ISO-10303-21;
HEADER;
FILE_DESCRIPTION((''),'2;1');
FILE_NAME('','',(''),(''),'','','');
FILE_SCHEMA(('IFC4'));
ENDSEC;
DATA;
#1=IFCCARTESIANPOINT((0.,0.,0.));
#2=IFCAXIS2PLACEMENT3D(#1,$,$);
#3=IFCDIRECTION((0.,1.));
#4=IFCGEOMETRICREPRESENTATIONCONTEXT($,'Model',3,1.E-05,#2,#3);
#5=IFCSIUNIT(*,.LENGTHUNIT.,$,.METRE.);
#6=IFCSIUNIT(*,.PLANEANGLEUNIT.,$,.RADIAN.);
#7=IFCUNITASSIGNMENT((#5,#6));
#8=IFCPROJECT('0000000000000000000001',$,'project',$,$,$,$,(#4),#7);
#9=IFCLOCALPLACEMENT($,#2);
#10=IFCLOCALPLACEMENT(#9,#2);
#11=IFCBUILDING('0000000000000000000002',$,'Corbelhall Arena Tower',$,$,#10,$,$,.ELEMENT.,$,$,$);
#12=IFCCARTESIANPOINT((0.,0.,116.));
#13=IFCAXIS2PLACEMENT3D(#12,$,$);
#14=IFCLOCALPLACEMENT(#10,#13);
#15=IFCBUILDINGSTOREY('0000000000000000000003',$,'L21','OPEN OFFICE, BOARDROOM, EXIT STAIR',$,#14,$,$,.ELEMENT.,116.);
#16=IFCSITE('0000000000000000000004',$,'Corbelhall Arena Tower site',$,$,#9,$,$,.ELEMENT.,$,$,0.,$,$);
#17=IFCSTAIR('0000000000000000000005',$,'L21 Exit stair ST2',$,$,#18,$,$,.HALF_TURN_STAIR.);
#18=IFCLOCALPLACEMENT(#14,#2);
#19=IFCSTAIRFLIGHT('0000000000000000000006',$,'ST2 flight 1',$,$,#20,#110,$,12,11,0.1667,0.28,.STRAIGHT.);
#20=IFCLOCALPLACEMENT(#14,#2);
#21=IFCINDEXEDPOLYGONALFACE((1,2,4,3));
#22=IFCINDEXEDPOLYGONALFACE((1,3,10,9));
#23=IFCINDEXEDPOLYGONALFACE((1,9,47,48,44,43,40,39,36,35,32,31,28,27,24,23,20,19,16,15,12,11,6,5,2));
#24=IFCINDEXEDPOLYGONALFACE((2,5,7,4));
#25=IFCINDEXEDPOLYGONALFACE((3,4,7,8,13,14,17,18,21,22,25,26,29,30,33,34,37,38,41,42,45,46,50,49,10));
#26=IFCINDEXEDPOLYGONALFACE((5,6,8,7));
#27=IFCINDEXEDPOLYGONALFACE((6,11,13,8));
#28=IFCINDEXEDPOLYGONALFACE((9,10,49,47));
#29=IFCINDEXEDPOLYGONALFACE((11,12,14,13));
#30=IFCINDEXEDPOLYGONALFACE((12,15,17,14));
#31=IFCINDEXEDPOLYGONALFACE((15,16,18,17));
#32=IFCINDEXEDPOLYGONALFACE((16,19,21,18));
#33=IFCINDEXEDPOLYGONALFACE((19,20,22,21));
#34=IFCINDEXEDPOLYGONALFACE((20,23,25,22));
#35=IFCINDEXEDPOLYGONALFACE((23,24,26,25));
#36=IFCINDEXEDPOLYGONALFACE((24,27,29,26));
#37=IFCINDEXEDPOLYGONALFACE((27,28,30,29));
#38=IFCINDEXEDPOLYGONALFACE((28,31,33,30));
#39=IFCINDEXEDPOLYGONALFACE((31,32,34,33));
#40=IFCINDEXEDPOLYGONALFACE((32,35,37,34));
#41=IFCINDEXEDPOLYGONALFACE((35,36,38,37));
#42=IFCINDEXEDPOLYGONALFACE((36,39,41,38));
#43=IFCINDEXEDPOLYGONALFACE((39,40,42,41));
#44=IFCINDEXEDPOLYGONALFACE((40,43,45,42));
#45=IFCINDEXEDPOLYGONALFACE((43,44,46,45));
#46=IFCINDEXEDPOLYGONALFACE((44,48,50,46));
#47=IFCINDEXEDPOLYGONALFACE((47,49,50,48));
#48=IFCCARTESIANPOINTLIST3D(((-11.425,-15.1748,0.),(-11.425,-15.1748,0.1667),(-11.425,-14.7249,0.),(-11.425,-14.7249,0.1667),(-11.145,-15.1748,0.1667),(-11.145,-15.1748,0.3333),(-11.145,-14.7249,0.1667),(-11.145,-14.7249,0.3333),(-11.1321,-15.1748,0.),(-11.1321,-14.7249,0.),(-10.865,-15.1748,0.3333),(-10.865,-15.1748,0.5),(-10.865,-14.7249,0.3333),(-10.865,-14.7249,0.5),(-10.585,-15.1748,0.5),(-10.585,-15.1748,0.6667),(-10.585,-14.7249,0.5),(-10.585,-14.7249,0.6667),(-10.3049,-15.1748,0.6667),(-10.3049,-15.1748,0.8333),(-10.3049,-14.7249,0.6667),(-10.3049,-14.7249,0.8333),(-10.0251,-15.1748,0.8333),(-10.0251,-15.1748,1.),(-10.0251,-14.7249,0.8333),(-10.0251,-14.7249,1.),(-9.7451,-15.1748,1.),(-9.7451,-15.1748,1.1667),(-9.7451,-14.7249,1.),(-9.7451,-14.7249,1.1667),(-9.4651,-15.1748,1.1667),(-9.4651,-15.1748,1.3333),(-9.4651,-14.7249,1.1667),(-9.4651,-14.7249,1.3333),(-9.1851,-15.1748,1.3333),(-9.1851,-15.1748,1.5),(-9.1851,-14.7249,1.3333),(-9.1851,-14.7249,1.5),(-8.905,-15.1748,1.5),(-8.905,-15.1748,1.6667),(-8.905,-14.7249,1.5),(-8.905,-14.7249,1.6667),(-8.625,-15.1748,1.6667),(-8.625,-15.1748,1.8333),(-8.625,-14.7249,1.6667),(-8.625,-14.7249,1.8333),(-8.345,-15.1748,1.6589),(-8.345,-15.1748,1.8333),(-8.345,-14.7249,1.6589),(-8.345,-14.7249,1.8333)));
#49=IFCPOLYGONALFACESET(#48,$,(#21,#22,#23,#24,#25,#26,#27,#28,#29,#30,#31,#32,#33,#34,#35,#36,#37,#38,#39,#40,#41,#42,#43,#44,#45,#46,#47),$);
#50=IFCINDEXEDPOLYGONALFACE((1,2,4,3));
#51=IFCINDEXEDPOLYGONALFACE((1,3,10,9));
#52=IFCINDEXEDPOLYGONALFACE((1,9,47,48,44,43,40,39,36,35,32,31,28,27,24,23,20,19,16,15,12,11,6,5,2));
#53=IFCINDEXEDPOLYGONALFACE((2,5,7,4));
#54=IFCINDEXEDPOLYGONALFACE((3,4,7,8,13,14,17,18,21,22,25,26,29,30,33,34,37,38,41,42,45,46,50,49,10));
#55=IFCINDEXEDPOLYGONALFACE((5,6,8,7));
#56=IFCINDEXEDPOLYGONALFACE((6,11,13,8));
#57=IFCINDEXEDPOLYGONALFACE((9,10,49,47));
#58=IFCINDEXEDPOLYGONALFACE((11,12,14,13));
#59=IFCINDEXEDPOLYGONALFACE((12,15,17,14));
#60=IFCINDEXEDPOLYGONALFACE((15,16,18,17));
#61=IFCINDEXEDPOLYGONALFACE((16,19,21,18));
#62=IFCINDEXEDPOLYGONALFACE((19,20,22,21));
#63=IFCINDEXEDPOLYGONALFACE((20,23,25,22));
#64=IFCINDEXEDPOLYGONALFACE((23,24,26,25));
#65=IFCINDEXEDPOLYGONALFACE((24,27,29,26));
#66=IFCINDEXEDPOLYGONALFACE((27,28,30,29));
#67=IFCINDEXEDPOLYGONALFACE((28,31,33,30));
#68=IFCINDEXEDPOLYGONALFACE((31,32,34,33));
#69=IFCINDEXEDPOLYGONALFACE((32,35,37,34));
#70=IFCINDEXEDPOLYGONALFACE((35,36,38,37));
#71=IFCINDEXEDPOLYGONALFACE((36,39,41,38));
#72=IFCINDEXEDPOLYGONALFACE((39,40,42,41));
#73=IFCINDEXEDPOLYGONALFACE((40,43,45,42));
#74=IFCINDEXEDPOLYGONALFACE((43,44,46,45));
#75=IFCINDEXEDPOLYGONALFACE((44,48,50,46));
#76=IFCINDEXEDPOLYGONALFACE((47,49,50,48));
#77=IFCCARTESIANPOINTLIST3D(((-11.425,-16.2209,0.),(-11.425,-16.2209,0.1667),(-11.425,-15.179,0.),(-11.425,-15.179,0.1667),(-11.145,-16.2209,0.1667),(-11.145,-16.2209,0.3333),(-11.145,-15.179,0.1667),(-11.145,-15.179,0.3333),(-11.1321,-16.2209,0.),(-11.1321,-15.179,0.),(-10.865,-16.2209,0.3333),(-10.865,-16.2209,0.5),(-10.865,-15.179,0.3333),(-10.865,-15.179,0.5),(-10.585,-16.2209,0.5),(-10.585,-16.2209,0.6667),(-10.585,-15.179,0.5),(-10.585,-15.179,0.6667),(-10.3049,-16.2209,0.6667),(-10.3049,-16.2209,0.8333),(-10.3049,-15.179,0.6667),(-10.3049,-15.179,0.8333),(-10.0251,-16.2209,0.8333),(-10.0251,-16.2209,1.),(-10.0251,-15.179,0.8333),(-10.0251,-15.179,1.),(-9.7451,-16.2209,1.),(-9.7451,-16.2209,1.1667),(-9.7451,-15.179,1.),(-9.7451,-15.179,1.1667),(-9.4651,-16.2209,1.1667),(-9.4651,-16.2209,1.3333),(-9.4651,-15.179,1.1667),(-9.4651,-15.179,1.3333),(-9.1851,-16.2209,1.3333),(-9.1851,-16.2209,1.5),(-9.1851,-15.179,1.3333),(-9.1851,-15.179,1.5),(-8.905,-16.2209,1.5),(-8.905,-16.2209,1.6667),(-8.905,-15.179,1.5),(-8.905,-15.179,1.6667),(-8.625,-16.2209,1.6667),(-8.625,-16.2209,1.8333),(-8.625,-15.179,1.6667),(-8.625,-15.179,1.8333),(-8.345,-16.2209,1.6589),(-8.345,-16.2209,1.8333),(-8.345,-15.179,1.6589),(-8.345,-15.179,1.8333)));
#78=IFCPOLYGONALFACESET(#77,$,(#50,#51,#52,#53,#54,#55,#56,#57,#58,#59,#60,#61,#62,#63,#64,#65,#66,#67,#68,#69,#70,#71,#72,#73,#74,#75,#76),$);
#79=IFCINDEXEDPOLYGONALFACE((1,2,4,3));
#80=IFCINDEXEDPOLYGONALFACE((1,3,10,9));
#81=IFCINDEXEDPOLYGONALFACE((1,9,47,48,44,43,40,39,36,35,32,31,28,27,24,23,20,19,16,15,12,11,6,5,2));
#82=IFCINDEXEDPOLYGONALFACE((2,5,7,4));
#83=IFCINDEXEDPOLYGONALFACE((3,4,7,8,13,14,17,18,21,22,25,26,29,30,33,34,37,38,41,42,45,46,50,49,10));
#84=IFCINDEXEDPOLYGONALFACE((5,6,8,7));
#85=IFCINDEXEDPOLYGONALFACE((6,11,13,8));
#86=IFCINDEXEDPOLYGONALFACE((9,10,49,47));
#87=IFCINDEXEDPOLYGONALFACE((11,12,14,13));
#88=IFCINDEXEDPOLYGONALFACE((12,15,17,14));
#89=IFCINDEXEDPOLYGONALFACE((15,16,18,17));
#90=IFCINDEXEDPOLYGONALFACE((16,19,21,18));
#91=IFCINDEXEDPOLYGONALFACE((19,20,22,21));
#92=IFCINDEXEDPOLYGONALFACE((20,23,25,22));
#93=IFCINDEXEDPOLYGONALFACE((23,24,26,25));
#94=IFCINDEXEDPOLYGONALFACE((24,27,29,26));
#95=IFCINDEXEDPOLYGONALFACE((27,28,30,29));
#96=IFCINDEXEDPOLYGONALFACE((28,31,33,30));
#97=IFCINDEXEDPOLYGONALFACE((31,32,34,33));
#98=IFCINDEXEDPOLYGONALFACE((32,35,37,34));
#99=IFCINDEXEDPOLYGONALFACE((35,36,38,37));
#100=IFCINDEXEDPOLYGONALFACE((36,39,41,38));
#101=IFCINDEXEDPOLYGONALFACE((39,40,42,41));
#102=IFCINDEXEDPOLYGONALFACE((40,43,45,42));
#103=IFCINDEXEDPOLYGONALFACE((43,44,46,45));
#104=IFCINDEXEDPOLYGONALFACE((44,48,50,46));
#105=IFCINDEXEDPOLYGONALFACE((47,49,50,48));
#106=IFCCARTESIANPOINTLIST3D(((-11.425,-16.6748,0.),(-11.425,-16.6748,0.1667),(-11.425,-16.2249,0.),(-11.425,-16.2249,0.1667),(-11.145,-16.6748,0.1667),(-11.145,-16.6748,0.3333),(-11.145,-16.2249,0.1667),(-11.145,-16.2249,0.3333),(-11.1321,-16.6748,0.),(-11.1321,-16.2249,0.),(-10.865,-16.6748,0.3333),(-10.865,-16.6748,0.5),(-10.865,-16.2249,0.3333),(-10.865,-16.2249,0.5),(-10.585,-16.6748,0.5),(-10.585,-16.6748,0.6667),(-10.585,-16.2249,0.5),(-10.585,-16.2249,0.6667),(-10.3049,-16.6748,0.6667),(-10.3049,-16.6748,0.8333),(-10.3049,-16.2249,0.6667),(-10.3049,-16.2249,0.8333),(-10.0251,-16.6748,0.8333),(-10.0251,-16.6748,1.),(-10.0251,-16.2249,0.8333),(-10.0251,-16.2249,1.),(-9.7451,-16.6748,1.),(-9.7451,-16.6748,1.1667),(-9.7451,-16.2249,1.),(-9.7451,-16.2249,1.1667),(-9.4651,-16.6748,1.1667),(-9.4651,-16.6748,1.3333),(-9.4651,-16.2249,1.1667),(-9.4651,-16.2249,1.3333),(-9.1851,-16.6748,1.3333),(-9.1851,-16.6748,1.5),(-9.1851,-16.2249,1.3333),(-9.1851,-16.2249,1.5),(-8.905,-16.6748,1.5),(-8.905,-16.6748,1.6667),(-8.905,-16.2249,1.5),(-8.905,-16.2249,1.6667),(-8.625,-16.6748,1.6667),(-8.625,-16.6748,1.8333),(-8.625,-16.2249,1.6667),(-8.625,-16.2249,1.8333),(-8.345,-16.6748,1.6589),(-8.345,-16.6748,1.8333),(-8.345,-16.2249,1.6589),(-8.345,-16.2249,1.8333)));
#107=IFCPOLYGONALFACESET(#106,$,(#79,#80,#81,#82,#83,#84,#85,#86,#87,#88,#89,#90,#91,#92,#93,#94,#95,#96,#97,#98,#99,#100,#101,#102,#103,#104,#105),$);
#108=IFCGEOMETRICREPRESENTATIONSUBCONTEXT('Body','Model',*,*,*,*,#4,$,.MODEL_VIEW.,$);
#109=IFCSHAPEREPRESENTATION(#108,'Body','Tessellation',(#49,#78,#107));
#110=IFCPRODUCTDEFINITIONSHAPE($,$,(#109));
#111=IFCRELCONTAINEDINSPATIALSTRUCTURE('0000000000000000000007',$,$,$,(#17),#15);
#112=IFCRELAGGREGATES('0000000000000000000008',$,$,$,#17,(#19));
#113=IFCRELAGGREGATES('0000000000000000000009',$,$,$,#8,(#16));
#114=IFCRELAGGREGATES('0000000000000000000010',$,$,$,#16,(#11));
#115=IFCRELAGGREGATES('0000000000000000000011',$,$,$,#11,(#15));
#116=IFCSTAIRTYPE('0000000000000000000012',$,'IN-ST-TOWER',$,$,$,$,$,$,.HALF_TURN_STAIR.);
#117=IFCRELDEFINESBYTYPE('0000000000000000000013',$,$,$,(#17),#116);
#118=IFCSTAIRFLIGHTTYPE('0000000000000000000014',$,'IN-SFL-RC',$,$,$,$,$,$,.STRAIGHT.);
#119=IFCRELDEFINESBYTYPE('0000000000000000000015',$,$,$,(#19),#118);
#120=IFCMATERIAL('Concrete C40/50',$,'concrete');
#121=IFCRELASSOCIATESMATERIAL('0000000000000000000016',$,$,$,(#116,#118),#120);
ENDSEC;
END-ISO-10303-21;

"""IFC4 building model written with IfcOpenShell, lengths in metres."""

from ifc_helpers import new_model, si_unit, direction, frame, origin, place, context, subcontext, project, spatial, polyline, outline, extrude, material, type_object, element, aggregate, save


model = new_model("IFC4")

# Units and contexts
model_context = context("Model", 3, precision=1e-05, world=origin(), true_north=direction((0.0, 1.0)))
body_context = subcontext(model_context, "Body", "Model", "MODEL_VIEW")
ifc_project = project(units=[si_unit("LENGTHUNIT", "METRE"), si_unit("PLANEANGLEUNIT", "RADIAN")], contexts=[model_context])

# Site, building, storey
site_placement = place(None, origin())
site = spatial("IfcSite", under=ifc_project, at=site_placement, Name="Corbelhall Arena Tower site", CompositionType="ELEMENT", RefElevation=0.0)
building_placement = place(site_placement, origin())
building = spatial("IfcBuilding", under=site, at=building_placement, Name="Corbelhall Arena Tower", CompositionType="ELEMENT")
storey_placement = place(building_placement, frame((0.0, 0.0, 116.0)))
storey = spatial("IfcBuildingStorey", under=building, at=storey_placement, Name="L21", Description="OPEN OFFICE, BOARDROOM, EXIT STAIR", CompositionType="ELEMENT", Elevation=116.0)

# Shared definitions
ifc_material_1 = material(Name="Concrete C40/50", Category="concrete")

# Stair, stair flight
stair_type = type_object("IfcStairType", Name="IN-ST-TOWER", PredefinedType="HALF_TURN_STAIR", material=ifc_material_1)
stair_placement = place(storey_placement, origin())
stair = element("IfcStair", 1, at=stair_placement, inside=storey, type_object=stair_type, Name="L21 Exit stair ST2", PredefinedType="HALF_TURN_STAIR")
stair_flight_type = type_object("IfcStairFlightType", Name="IN-SFL-RC", PredefinedType="STRAIGHT", material=ifc_material_1)
stair_flight_1_placement = place(storey_placement, frame((-11.425, -15.7, 0.0), z_axis=(0.0, 0.0, 1.0), x_axis=(1.0, 0.0, 0.0)))
stair_flight_1 = element("IfcStairFlight", 2, at=stair_flight_1_placement, type_object=stair_flight_type, Name="ST2 flight 1", NumberOfRisers=12, NumberOfTreads=11, PredefinedType="STRAIGHT", RiserHeight=0.1667, TreadLength=0.28, context=body_context, shape_type="SweptSolid", body=[
    extrude(outline(polyline([(0.0, 0.0), (0.0, 0.1667), (0.28, 0.1667), (0.28, 0.3333), (0.5601, 0.3333), (0.5601, 0.5), (0.8401, 0.5), (0.8401, 0.6667), (1.1201, 0.6667), (1.1201, 0.8333), (1.3999, 0.8333), (1.3999, 1.0), (1.6799, 1.0), (1.6799, 1.1667), (1.96, 1.1667), (1.96, 1.3333), (2.24, 1.3333), (2.24, 1.5), (2.52, 1.5), (2.52, 1.6667), (2.8, 1.6667), (2.8, 1.8333), (3.0801, 1.8333), (3.0801, 2.0), (3.0801, 1.6589), (0.293, 0.0), (0.0, 0.0)])), frame((0.0, 0.9751, 0.0), z_axis=(0.0, -1.0, 0.0), x_axis=(1.0, 0.0, 0.0)), (0.0, 0.0, 1.0), 0.45),
    extrude(outline(polyline([(0.0, 0.0), (0.0, 0.1667), (0.28, 0.1667), (0.28, 0.3333), (0.5601, 0.3333), (0.5601, 0.5), (0.8401, 0.5), (0.8401, 0.6667), (1.1201, 0.6667), (1.1201, 0.8333), (1.3999, 0.8333), (1.3999, 1.0), (1.6799, 1.0), (1.6799, 1.1667), (1.96, 1.1667), (1.96, 1.3333), (2.24, 1.3333), (2.24, 1.5), (2.52, 1.5), (2.52, 1.6667), (2.8, 1.6667), (2.8, 1.8333), (3.0801, 1.8333), (3.0801, 2.0), (3.0801, 1.6589), (0.293, 0.0), (0.0, 0.0)])), frame((0.0, 0.521, 0.0), z_axis=(0.0, -1.0, 0.0), x_axis=(1.0, 0.0, 0.0)), (0.0, 0.0, 1.0), 1.042),
    extrude(outline(polyline([(0.0, 0.0), (0.0, 0.1667), (0.28, 0.1667), (0.28, 0.3333), (0.5601, 0.3333), (0.5601, 0.5), (0.8401, 0.5), (0.8401, 0.6667), (1.1201, 0.6667), (1.1201, 0.8333), (1.3999, 0.8333), (1.3999, 1.0), (1.6799, 1.0), (1.6799, 1.1667), (1.96, 1.1667), (1.96, 1.3333), (2.24, 1.3333), (2.24, 1.5), (2.52, 1.5), (2.52, 1.6667), (2.8, 1.6667), (2.8, 1.8333), (3.0801, 1.8333), (3.0801, 2.0), (3.0801, 1.6589), (0.293, 0.0), (0.0, 0.0)])), frame((0.0, -0.5249, 0.0), z_axis=(0.0, -1.0, 0.0), x_axis=(1.0, 0.0, 0.0)), (0.0, 0.0, 1.0), 0.45),
])
aggregate(stair, [stair_flight_1])

save(model, "model.ifc")
